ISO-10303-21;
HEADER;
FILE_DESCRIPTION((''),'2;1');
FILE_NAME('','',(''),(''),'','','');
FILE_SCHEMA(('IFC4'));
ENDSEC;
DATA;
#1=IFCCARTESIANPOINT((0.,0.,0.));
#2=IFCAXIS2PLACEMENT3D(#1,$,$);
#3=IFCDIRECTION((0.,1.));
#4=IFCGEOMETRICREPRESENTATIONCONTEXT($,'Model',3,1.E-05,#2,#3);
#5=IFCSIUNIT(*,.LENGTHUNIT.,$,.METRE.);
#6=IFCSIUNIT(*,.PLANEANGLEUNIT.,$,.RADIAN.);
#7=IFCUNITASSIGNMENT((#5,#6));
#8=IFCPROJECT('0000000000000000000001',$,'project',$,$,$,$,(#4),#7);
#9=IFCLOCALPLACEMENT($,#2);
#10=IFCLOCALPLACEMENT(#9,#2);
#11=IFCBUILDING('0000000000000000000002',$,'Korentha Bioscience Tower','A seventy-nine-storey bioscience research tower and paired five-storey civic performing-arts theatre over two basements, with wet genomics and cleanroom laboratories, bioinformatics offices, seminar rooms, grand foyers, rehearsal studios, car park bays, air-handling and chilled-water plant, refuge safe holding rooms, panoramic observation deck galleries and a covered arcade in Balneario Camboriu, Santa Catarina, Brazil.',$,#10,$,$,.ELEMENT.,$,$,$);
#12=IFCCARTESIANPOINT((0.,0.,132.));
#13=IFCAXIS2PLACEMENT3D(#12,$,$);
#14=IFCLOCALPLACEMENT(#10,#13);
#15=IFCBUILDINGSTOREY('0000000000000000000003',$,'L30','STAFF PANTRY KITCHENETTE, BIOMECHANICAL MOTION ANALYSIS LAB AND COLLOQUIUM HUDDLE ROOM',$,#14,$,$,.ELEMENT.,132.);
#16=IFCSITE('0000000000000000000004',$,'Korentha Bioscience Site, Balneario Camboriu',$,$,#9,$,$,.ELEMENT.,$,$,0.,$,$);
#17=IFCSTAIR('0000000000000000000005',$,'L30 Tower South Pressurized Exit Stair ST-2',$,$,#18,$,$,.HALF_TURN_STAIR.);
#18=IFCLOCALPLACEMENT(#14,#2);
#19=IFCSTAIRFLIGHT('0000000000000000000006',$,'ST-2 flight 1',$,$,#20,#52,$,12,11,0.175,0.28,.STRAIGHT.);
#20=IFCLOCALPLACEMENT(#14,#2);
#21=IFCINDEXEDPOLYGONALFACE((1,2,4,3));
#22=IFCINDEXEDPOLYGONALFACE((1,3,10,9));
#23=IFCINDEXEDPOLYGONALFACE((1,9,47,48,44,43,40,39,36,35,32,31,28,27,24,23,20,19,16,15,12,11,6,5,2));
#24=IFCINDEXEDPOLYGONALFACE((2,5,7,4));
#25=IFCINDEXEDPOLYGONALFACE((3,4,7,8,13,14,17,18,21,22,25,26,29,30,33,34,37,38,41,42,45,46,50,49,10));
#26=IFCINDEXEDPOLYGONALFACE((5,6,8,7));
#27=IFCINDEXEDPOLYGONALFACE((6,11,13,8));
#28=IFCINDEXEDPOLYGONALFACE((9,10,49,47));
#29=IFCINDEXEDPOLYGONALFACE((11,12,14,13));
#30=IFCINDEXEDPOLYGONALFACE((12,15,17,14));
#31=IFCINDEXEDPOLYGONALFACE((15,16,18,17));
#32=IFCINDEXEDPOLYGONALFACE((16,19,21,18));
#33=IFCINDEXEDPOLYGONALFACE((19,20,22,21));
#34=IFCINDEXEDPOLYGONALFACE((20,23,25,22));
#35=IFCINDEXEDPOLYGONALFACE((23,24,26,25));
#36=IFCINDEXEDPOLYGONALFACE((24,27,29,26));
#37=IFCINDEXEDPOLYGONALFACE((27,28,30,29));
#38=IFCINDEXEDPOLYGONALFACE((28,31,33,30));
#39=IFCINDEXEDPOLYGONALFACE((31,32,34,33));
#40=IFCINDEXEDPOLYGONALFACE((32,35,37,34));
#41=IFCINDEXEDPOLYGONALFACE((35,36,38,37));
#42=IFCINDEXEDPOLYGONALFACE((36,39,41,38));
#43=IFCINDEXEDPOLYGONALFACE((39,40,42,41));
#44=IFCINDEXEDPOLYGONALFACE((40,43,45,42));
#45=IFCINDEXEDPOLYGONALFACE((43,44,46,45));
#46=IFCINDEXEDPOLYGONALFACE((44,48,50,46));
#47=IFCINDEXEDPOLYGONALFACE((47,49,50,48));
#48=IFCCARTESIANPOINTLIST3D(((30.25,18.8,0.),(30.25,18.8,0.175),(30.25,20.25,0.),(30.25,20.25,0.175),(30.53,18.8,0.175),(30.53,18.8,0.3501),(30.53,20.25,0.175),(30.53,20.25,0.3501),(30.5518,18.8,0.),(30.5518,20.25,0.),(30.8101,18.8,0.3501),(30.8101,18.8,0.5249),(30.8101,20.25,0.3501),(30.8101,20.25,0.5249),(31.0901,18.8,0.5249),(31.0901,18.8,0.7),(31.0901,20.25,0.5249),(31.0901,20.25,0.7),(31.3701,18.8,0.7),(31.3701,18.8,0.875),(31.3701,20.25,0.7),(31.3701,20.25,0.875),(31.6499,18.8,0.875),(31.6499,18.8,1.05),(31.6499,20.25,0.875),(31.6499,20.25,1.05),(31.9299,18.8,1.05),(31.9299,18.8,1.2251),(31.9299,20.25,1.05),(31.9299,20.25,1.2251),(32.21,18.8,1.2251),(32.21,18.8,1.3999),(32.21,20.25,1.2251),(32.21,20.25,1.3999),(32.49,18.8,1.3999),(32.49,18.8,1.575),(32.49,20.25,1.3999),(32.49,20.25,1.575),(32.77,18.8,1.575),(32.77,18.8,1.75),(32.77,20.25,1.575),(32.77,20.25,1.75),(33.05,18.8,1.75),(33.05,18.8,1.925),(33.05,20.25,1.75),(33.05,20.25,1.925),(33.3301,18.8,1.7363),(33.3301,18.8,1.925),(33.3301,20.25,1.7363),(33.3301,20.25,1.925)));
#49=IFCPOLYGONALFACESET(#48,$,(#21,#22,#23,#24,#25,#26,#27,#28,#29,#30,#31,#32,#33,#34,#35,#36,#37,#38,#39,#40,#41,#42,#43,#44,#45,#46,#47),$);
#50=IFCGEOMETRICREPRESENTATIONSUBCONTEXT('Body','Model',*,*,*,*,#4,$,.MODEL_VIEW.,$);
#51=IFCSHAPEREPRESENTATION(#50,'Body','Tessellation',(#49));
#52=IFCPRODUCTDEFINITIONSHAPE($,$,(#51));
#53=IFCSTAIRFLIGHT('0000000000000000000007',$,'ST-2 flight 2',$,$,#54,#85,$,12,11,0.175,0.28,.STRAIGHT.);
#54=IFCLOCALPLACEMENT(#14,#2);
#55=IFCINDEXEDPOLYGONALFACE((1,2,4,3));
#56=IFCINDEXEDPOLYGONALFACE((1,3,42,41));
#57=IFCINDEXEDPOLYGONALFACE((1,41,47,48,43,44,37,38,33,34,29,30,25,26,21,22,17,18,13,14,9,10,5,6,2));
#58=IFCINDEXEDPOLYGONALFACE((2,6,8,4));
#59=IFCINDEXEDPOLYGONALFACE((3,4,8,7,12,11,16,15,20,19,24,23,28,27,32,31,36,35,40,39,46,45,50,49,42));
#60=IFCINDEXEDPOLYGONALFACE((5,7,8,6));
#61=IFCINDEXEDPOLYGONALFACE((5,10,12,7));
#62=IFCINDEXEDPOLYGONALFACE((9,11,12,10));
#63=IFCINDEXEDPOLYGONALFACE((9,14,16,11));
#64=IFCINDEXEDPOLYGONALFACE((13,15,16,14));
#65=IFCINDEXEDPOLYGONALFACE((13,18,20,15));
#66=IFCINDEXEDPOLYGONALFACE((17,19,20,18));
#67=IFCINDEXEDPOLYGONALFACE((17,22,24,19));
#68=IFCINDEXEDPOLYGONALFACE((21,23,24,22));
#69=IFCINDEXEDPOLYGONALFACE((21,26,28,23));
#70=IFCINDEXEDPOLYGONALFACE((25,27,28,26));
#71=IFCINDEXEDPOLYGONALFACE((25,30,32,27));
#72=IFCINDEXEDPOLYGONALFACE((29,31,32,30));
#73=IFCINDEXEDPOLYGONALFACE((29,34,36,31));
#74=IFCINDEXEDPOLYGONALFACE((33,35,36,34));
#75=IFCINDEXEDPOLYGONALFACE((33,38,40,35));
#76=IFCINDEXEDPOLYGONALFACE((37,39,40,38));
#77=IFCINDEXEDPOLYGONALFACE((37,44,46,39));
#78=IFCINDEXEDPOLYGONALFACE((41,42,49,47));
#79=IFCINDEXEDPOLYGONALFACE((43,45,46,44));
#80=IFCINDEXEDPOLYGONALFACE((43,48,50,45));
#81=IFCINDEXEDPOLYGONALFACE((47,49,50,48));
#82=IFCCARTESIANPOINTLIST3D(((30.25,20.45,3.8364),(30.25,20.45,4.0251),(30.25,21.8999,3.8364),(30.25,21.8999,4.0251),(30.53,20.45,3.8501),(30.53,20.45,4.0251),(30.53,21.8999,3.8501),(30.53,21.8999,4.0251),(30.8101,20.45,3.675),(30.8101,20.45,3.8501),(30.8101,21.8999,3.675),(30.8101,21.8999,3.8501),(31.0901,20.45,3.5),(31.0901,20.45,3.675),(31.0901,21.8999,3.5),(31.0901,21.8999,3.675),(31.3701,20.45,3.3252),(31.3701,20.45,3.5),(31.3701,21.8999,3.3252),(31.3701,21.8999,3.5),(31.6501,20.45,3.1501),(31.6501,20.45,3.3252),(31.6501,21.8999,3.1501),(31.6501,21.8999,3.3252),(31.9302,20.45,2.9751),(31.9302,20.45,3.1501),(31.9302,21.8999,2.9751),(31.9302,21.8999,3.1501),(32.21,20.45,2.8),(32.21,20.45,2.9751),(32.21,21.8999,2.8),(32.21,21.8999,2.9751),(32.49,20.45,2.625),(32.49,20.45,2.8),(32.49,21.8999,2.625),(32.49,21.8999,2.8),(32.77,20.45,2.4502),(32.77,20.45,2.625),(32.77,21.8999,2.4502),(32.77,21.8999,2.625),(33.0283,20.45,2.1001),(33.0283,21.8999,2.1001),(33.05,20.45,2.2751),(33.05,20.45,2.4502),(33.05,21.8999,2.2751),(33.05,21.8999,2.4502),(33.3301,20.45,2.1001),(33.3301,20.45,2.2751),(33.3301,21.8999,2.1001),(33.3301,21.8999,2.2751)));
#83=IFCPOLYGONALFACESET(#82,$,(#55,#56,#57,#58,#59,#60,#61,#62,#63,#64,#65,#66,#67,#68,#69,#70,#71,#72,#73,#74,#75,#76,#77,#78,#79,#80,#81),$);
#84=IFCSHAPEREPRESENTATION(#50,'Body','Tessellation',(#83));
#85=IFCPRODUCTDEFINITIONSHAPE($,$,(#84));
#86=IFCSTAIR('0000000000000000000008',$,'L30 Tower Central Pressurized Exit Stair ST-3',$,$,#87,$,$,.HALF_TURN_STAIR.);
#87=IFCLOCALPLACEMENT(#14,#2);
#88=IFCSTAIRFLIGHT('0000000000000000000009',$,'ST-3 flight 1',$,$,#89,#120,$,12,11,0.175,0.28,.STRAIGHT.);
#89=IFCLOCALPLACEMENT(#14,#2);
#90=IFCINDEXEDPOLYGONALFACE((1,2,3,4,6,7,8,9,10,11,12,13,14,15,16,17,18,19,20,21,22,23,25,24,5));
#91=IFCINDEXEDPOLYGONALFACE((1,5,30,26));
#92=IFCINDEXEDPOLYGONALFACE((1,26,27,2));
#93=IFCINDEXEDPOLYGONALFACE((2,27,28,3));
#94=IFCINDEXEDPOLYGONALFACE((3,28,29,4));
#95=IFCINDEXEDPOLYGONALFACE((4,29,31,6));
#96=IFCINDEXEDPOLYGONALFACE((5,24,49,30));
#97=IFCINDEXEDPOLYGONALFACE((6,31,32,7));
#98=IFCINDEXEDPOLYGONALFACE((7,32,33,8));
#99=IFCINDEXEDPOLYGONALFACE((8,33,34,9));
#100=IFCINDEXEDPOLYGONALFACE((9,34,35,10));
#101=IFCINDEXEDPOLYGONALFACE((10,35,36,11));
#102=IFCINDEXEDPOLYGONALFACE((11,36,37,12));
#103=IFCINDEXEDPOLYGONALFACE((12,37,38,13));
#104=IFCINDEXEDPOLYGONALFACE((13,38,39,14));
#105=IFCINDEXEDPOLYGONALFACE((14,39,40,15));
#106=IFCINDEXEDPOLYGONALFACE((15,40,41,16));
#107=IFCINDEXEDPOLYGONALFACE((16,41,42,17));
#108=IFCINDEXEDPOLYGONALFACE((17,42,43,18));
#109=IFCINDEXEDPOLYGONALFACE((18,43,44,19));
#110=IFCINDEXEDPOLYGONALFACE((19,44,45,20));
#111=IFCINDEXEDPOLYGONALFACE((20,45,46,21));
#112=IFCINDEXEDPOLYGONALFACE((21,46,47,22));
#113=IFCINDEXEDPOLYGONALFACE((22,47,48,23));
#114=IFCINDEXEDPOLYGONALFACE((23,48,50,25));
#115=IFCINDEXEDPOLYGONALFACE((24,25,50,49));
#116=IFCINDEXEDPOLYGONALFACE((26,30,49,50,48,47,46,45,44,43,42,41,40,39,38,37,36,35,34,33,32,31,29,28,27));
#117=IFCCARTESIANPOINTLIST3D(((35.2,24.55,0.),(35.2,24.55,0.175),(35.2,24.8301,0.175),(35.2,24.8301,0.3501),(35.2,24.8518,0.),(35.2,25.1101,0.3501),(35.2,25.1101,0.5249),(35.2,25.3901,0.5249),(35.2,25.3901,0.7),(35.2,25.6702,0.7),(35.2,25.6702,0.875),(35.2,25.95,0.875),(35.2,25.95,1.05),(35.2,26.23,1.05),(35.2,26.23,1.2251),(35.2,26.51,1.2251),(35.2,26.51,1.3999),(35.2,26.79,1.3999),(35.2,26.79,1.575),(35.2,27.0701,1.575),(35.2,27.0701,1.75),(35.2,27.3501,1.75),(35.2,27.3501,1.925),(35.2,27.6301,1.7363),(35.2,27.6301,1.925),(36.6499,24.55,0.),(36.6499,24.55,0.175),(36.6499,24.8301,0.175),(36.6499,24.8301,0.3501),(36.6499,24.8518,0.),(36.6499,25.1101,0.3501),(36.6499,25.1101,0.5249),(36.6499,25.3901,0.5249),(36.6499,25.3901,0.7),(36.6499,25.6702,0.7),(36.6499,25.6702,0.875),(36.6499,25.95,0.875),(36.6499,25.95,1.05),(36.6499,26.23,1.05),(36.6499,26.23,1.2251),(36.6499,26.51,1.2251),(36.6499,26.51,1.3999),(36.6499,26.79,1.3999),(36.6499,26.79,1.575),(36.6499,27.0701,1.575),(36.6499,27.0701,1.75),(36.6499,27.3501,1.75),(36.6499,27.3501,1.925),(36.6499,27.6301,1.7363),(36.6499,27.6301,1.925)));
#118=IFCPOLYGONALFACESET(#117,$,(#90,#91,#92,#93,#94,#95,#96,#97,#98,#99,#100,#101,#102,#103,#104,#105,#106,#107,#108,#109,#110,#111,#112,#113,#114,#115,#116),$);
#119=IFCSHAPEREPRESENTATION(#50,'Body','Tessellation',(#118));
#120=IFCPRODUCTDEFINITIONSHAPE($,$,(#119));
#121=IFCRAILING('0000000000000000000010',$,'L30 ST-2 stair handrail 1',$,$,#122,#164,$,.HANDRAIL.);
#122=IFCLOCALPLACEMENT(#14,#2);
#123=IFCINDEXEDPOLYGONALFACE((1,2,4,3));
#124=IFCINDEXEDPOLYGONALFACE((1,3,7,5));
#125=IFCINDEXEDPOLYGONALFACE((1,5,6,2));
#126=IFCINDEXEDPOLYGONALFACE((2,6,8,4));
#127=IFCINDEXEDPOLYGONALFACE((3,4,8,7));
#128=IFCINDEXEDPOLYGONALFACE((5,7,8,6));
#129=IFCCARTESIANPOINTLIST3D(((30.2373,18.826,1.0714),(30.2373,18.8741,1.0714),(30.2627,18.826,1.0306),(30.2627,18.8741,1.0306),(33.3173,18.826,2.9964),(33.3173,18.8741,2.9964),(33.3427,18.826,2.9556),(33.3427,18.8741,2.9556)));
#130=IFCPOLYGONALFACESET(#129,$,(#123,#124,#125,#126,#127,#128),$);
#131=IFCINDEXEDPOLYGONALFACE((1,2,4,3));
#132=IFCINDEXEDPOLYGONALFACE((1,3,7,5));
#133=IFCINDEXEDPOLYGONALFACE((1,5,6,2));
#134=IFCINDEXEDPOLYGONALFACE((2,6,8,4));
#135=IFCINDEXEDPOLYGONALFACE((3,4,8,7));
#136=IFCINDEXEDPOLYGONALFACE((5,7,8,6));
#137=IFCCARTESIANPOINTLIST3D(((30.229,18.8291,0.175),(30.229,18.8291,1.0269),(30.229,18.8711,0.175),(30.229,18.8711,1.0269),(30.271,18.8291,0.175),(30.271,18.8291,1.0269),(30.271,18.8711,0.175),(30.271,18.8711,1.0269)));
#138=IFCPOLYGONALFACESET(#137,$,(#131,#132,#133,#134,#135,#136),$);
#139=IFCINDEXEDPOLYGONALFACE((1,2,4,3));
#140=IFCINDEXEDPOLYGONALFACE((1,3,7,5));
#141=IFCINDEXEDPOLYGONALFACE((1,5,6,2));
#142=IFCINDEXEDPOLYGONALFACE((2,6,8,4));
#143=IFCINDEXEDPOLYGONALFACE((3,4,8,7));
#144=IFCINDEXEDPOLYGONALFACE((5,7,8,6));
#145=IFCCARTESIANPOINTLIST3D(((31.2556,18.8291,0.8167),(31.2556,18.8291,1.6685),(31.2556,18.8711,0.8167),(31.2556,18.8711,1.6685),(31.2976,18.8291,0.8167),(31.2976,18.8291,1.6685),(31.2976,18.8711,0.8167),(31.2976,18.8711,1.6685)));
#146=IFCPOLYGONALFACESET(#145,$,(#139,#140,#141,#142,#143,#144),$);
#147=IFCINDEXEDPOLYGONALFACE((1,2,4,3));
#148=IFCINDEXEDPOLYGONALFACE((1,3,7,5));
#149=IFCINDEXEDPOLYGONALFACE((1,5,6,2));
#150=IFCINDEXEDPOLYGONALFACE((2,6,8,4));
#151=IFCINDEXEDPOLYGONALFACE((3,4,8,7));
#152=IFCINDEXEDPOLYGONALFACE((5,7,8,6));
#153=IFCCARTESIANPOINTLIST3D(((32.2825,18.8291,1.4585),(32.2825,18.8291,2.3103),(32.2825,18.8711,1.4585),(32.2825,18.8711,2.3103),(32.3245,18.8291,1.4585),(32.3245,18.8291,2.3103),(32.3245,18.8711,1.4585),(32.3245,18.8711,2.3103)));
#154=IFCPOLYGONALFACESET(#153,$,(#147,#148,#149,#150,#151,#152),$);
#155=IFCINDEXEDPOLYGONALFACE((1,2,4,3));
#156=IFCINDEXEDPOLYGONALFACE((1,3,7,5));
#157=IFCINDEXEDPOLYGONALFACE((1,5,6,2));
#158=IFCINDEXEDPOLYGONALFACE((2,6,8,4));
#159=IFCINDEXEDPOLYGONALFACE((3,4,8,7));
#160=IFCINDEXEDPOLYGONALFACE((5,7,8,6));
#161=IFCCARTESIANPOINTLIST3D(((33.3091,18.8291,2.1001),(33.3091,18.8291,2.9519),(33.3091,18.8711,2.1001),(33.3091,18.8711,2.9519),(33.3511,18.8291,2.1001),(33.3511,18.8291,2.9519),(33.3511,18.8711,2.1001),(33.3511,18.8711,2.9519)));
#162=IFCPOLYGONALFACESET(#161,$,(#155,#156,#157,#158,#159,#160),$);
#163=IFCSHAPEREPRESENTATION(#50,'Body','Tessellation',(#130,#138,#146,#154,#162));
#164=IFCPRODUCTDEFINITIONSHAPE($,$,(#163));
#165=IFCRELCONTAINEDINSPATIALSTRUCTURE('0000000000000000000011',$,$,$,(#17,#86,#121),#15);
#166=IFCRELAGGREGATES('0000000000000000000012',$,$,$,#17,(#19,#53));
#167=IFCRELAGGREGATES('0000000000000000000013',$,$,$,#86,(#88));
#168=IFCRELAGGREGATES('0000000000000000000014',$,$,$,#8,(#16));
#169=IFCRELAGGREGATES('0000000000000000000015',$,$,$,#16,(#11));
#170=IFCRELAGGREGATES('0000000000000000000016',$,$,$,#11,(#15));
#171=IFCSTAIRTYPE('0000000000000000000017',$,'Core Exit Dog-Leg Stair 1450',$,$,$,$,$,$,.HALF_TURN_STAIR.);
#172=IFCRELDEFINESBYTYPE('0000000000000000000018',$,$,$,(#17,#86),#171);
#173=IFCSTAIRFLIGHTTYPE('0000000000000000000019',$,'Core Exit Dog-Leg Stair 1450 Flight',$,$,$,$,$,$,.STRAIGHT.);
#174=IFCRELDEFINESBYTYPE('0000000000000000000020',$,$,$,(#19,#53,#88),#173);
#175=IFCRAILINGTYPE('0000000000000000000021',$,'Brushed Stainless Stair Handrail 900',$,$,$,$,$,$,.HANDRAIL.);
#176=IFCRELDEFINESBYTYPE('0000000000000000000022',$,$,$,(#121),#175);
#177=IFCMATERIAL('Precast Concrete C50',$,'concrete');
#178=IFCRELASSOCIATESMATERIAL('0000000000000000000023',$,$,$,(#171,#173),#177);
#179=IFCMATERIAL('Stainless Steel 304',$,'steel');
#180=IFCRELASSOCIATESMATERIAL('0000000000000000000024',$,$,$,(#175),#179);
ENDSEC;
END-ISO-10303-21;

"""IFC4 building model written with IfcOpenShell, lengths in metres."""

from ifc_helpers import new_model, si_unit, direction, frame, origin, origin_2d, place, context, subcontext, project, spatial, polyline, rectangle, outline, extrude, material, type_object, element, aggregate, save


model = new_model("IFC4")

# Units and contexts
model_context = context("Model", 3, precision=1e-05, world=origin(), true_north=direction((0.0, 1.0)))
body_context = subcontext(model_context, "Body", "Model", "MODEL_VIEW")
ifc_project = project(units=[si_unit("LENGTHUNIT", "METRE"), si_unit("PLANEANGLEUNIT", "RADIAN")], contexts=[model_context])

# Site, building, storey
site_placement = place(None, origin())
site = spatial("IfcSite", under=ifc_project, at=site_placement, Name="Korentha Bioscience Site, Balneario Camboriu", CompositionType="ELEMENT", RefElevation=0.0)
building_placement = place(site_placement, origin())
building = spatial("IfcBuilding", under=site, at=building_placement, Name="Korentha Bioscience Tower", Description="A seventy-nine-storey bioscience research tower and paired five-storey civic performing-arts theatre over two basements, with wet genomics and cleanroom laboratories, bioinformatics offices, seminar rooms, grand foyers, rehearsal studios, car park bays, air-handling and chilled-water plant, refuge safe holding rooms, panoramic observation deck galleries and a covered arcade in Balneario Camboriu, Santa Catarina, Brazil.", CompositionType="ELEMENT")
storey_placement = place(building_placement, frame((0.0, 0.0, 132.0)))
storey = spatial("IfcBuildingStorey", under=building, at=storey_placement, Name="L30", Description="STAFF PANTRY KITCHENETTE, BIOMECHANICAL MOTION ANALYSIS LAB AND COLLOQUIUM HUDDLE ROOM", CompositionType="ELEMENT", Elevation=132.0)

# Stair, stair flights
ifc_material_1 = material(Name="Precast Concrete C50", Category="concrete")
stair_type = type_object("IfcStairType", Name="Core Exit Dog-Leg Stair 1450", PredefinedType="HALF_TURN_STAIR", material=ifc_material_1)
stair_1_placement = place(storey_placement, origin())
stair_1 = element("IfcStair", 1, at=stair_1_placement, inside=storey, type_object=stair_type, Name="L30 Tower South Pressurized Exit Stair ST-2", PredefinedType="HALF_TURN_STAIR")
stair_flight_type = type_object("IfcStairFlightType", Name="Core Exit Dog-Leg Stair 1450 Flight", PredefinedType="STRAIGHT", material=ifc_material_1)
stair_flight_1_placement = place(storey_placement, frame((30.25, 19.5249, 0.0), z_axis=(0.0, 0.0, 1.0), x_axis=(1.0, 0.0, 0.0)))
stair_flight_1 = element("IfcStairFlight", 2, at=stair_flight_1_placement, type_object=stair_flight_type, Name="ST-2 flight 1", NumberOfRisers=12, NumberOfTreads=11, PredefinedType="STRAIGHT", RiserHeight=0.175, TreadLength=0.28, context=body_context, shape_type="SweptSolid", body=[
    extrude(outline(polyline([(0.0, 0.0), (0.0, 0.175), (0.28, 0.175), (0.28, 0.3501), (0.5601, 0.3501), (0.5601, 0.5249), (0.8401, 0.5249), (0.8401, 0.7), (1.1201, 0.7), (1.1201, 0.875), (1.3999, 0.875), (1.3999, 1.05), (1.6799, 1.05), (1.6799, 1.2251), (1.96, 1.2251), (1.96, 1.3999), (2.24, 1.3999), (2.24, 1.575), (2.52, 1.575), (2.52, 1.75), (2.8, 1.75), (2.8, 1.925), (3.0801, 1.925), (3.0801, 2.1001), (3.0801, 1.7363), (0.3018, 0.0), (0.0, 0.0)])), frame((0.0, 0.7251, 0.0), z_axis=(0.0, -1.0, 0.0), x_axis=(1.0, 0.0, 0.0)), (0.0, 0.0, 1.0), 1.45),
])
stair_flight_2_placement = place(storey_placement, frame((33.3301, 21.175, 2.1001), z_axis=(0.0, 0.0, 1.0), x_axis=(-1.0, 0.0, 0.0)))
stair_flight_2 = element("IfcStairFlight", 3, at=stair_flight_2_placement, type_object=stair_flight_type, Name="ST-2 flight 2", NumberOfRisers=12, NumberOfTreads=11, PredefinedType="STRAIGHT", RiserHeight=0.175, TreadLength=0.28, context=body_context, shape_type="SweptSolid", body=[
    extrude(outline(polyline([(0.0, 0.0), (0.0, 0.175), (0.28, 0.175), (0.28, 0.3501), (0.5601, 0.3501), (0.5601, 0.5249), (0.8401, 0.5249), (0.8401, 0.7), (1.1201, 0.7), (1.1201, 0.875), (1.3999, 0.875), (1.3999, 1.05), (1.6799, 1.05), (1.6799, 1.2251), (1.96, 1.2251), (1.96, 1.3999), (2.24, 1.3999), (2.24, 1.575), (2.52, 1.575), (2.52, 1.75), (2.8, 1.75), (2.8, 1.925), (3.0801, 1.925), (3.0801, 2.1001), (3.0801, 1.7363), (0.3018, 0.0), (0.0, 0.0)])), frame((0.0, 0.7251, 0.0), z_axis=(0.0, -1.0, 0.0), x_axis=(1.0, 0.0, 0.0)), (0.0, 0.0, 1.0), 1.45),
])
aggregate(stair_1, [stair_flight_1, stair_flight_2])

# Stair, stair flight
stair_2_placement = place(storey_placement, origin())
stair_2 = element("IfcStair", 4, at=stair_2_placement, inside=storey, type_object=stair_type, Name="L30 Tower Central Pressurized Exit Stair ST-3", PredefinedType="HALF_TURN_STAIR")
stair_flight_3_placement = place(storey_placement, frame((35.925, 24.55, 0.0), z_axis=(0.0, 0.0, 1.0), x_axis=(0.0, 1.0, 0.0)))
stair_flight_3 = element("IfcStairFlight", 5, at=stair_flight_3_placement, type_object=stair_flight_type, Name="ST-3 flight 1", NumberOfRisers=12, NumberOfTreads=11, PredefinedType="STRAIGHT", RiserHeight=0.175, TreadLength=0.28, context=body_context, shape_type="SweptSolid", body=[
    extrude(outline(polyline([(0.0, 0.0), (0.0, 0.175), (0.28, 0.175), (0.28, 0.3501), (0.5601, 0.3501), (0.5601, 0.5249), (0.8401, 0.5249), (0.8401, 0.7), (1.1201, 0.7), (1.1201, 0.875), (1.3999, 0.875), (1.3999, 1.05), (1.6799, 1.05), (1.6799, 1.2251), (1.96, 1.2251), (1.96, 1.3999), (2.24, 1.3999), (2.24, 1.575), (2.52, 1.575), (2.52, 1.75), (2.8, 1.75), (2.8, 1.925), (3.0801, 1.925), (3.0801, 2.1001), (3.0801, 1.7363), (0.3018, 0.0), (0.0, 0.0)])), frame((0.0, 0.7251, 0.0), z_axis=(0.0, -1.0, 0.0), x_axis=(1.0, 0.0, 0.0)), (0.0, 0.0, 1.0), 1.45),
])
aggregate(stair_2, [stair_flight_3])

# Railing
ifc_material_2 = material(Name="Stainless Steel 304", Category="steel")
railing_type_1 = type_object("IfcRailingType", Name="Brushed Stainless Stair Handrail 900", PredefinedType="HANDRAIL", material=ifc_material_2)
railing_1_placement = place(storey_placement, frame((30.25, 18.8501, 0.175)))
element("IfcRailing", 6, at=railing_1_placement, inside=storey, type_object=railing_type_1, Name="L30 ST-2 stair handrail 1", PredefinedType="HANDRAIL", context=body_context, shape_type="SweptSolid", body=[
    extrude(rectangle(XDim=0.0481, YDim=0.0481, at=origin_2d()), frame((0.0, 0.0, 0.876), z_axis=(0.847998, 0.0, 0.529999), x_axis=(0.0, 1.0, 0.0)), (0.0, 0.0, 1.0), 3.6321),
    extrude(rectangle(XDim=0.042, YDim=0.042, at=origin_2d()), origin(), (0.0, 0.0, 1.0), 0.8518),
    extrude(rectangle(XDim=0.042, YDim=0.042, at=origin_2d()), frame((1.0266, 0.0, 0.6416)), (0.0, 0.0, 1.0), 0.8518),
    extrude(rectangle(XDim=0.042, YDim=0.042, at=origin_2d()), frame((2.0535, 0.0, 1.2834)), (0.0, 0.0, 1.0), 0.8518),
    extrude(rectangle(XDim=0.042, YDim=0.042, at=origin_2d()), frame((3.0801, 0.0, 1.925)), (0.0, 0.0, 1.0), 0.8518),
])

save(model, "model.ifc")
